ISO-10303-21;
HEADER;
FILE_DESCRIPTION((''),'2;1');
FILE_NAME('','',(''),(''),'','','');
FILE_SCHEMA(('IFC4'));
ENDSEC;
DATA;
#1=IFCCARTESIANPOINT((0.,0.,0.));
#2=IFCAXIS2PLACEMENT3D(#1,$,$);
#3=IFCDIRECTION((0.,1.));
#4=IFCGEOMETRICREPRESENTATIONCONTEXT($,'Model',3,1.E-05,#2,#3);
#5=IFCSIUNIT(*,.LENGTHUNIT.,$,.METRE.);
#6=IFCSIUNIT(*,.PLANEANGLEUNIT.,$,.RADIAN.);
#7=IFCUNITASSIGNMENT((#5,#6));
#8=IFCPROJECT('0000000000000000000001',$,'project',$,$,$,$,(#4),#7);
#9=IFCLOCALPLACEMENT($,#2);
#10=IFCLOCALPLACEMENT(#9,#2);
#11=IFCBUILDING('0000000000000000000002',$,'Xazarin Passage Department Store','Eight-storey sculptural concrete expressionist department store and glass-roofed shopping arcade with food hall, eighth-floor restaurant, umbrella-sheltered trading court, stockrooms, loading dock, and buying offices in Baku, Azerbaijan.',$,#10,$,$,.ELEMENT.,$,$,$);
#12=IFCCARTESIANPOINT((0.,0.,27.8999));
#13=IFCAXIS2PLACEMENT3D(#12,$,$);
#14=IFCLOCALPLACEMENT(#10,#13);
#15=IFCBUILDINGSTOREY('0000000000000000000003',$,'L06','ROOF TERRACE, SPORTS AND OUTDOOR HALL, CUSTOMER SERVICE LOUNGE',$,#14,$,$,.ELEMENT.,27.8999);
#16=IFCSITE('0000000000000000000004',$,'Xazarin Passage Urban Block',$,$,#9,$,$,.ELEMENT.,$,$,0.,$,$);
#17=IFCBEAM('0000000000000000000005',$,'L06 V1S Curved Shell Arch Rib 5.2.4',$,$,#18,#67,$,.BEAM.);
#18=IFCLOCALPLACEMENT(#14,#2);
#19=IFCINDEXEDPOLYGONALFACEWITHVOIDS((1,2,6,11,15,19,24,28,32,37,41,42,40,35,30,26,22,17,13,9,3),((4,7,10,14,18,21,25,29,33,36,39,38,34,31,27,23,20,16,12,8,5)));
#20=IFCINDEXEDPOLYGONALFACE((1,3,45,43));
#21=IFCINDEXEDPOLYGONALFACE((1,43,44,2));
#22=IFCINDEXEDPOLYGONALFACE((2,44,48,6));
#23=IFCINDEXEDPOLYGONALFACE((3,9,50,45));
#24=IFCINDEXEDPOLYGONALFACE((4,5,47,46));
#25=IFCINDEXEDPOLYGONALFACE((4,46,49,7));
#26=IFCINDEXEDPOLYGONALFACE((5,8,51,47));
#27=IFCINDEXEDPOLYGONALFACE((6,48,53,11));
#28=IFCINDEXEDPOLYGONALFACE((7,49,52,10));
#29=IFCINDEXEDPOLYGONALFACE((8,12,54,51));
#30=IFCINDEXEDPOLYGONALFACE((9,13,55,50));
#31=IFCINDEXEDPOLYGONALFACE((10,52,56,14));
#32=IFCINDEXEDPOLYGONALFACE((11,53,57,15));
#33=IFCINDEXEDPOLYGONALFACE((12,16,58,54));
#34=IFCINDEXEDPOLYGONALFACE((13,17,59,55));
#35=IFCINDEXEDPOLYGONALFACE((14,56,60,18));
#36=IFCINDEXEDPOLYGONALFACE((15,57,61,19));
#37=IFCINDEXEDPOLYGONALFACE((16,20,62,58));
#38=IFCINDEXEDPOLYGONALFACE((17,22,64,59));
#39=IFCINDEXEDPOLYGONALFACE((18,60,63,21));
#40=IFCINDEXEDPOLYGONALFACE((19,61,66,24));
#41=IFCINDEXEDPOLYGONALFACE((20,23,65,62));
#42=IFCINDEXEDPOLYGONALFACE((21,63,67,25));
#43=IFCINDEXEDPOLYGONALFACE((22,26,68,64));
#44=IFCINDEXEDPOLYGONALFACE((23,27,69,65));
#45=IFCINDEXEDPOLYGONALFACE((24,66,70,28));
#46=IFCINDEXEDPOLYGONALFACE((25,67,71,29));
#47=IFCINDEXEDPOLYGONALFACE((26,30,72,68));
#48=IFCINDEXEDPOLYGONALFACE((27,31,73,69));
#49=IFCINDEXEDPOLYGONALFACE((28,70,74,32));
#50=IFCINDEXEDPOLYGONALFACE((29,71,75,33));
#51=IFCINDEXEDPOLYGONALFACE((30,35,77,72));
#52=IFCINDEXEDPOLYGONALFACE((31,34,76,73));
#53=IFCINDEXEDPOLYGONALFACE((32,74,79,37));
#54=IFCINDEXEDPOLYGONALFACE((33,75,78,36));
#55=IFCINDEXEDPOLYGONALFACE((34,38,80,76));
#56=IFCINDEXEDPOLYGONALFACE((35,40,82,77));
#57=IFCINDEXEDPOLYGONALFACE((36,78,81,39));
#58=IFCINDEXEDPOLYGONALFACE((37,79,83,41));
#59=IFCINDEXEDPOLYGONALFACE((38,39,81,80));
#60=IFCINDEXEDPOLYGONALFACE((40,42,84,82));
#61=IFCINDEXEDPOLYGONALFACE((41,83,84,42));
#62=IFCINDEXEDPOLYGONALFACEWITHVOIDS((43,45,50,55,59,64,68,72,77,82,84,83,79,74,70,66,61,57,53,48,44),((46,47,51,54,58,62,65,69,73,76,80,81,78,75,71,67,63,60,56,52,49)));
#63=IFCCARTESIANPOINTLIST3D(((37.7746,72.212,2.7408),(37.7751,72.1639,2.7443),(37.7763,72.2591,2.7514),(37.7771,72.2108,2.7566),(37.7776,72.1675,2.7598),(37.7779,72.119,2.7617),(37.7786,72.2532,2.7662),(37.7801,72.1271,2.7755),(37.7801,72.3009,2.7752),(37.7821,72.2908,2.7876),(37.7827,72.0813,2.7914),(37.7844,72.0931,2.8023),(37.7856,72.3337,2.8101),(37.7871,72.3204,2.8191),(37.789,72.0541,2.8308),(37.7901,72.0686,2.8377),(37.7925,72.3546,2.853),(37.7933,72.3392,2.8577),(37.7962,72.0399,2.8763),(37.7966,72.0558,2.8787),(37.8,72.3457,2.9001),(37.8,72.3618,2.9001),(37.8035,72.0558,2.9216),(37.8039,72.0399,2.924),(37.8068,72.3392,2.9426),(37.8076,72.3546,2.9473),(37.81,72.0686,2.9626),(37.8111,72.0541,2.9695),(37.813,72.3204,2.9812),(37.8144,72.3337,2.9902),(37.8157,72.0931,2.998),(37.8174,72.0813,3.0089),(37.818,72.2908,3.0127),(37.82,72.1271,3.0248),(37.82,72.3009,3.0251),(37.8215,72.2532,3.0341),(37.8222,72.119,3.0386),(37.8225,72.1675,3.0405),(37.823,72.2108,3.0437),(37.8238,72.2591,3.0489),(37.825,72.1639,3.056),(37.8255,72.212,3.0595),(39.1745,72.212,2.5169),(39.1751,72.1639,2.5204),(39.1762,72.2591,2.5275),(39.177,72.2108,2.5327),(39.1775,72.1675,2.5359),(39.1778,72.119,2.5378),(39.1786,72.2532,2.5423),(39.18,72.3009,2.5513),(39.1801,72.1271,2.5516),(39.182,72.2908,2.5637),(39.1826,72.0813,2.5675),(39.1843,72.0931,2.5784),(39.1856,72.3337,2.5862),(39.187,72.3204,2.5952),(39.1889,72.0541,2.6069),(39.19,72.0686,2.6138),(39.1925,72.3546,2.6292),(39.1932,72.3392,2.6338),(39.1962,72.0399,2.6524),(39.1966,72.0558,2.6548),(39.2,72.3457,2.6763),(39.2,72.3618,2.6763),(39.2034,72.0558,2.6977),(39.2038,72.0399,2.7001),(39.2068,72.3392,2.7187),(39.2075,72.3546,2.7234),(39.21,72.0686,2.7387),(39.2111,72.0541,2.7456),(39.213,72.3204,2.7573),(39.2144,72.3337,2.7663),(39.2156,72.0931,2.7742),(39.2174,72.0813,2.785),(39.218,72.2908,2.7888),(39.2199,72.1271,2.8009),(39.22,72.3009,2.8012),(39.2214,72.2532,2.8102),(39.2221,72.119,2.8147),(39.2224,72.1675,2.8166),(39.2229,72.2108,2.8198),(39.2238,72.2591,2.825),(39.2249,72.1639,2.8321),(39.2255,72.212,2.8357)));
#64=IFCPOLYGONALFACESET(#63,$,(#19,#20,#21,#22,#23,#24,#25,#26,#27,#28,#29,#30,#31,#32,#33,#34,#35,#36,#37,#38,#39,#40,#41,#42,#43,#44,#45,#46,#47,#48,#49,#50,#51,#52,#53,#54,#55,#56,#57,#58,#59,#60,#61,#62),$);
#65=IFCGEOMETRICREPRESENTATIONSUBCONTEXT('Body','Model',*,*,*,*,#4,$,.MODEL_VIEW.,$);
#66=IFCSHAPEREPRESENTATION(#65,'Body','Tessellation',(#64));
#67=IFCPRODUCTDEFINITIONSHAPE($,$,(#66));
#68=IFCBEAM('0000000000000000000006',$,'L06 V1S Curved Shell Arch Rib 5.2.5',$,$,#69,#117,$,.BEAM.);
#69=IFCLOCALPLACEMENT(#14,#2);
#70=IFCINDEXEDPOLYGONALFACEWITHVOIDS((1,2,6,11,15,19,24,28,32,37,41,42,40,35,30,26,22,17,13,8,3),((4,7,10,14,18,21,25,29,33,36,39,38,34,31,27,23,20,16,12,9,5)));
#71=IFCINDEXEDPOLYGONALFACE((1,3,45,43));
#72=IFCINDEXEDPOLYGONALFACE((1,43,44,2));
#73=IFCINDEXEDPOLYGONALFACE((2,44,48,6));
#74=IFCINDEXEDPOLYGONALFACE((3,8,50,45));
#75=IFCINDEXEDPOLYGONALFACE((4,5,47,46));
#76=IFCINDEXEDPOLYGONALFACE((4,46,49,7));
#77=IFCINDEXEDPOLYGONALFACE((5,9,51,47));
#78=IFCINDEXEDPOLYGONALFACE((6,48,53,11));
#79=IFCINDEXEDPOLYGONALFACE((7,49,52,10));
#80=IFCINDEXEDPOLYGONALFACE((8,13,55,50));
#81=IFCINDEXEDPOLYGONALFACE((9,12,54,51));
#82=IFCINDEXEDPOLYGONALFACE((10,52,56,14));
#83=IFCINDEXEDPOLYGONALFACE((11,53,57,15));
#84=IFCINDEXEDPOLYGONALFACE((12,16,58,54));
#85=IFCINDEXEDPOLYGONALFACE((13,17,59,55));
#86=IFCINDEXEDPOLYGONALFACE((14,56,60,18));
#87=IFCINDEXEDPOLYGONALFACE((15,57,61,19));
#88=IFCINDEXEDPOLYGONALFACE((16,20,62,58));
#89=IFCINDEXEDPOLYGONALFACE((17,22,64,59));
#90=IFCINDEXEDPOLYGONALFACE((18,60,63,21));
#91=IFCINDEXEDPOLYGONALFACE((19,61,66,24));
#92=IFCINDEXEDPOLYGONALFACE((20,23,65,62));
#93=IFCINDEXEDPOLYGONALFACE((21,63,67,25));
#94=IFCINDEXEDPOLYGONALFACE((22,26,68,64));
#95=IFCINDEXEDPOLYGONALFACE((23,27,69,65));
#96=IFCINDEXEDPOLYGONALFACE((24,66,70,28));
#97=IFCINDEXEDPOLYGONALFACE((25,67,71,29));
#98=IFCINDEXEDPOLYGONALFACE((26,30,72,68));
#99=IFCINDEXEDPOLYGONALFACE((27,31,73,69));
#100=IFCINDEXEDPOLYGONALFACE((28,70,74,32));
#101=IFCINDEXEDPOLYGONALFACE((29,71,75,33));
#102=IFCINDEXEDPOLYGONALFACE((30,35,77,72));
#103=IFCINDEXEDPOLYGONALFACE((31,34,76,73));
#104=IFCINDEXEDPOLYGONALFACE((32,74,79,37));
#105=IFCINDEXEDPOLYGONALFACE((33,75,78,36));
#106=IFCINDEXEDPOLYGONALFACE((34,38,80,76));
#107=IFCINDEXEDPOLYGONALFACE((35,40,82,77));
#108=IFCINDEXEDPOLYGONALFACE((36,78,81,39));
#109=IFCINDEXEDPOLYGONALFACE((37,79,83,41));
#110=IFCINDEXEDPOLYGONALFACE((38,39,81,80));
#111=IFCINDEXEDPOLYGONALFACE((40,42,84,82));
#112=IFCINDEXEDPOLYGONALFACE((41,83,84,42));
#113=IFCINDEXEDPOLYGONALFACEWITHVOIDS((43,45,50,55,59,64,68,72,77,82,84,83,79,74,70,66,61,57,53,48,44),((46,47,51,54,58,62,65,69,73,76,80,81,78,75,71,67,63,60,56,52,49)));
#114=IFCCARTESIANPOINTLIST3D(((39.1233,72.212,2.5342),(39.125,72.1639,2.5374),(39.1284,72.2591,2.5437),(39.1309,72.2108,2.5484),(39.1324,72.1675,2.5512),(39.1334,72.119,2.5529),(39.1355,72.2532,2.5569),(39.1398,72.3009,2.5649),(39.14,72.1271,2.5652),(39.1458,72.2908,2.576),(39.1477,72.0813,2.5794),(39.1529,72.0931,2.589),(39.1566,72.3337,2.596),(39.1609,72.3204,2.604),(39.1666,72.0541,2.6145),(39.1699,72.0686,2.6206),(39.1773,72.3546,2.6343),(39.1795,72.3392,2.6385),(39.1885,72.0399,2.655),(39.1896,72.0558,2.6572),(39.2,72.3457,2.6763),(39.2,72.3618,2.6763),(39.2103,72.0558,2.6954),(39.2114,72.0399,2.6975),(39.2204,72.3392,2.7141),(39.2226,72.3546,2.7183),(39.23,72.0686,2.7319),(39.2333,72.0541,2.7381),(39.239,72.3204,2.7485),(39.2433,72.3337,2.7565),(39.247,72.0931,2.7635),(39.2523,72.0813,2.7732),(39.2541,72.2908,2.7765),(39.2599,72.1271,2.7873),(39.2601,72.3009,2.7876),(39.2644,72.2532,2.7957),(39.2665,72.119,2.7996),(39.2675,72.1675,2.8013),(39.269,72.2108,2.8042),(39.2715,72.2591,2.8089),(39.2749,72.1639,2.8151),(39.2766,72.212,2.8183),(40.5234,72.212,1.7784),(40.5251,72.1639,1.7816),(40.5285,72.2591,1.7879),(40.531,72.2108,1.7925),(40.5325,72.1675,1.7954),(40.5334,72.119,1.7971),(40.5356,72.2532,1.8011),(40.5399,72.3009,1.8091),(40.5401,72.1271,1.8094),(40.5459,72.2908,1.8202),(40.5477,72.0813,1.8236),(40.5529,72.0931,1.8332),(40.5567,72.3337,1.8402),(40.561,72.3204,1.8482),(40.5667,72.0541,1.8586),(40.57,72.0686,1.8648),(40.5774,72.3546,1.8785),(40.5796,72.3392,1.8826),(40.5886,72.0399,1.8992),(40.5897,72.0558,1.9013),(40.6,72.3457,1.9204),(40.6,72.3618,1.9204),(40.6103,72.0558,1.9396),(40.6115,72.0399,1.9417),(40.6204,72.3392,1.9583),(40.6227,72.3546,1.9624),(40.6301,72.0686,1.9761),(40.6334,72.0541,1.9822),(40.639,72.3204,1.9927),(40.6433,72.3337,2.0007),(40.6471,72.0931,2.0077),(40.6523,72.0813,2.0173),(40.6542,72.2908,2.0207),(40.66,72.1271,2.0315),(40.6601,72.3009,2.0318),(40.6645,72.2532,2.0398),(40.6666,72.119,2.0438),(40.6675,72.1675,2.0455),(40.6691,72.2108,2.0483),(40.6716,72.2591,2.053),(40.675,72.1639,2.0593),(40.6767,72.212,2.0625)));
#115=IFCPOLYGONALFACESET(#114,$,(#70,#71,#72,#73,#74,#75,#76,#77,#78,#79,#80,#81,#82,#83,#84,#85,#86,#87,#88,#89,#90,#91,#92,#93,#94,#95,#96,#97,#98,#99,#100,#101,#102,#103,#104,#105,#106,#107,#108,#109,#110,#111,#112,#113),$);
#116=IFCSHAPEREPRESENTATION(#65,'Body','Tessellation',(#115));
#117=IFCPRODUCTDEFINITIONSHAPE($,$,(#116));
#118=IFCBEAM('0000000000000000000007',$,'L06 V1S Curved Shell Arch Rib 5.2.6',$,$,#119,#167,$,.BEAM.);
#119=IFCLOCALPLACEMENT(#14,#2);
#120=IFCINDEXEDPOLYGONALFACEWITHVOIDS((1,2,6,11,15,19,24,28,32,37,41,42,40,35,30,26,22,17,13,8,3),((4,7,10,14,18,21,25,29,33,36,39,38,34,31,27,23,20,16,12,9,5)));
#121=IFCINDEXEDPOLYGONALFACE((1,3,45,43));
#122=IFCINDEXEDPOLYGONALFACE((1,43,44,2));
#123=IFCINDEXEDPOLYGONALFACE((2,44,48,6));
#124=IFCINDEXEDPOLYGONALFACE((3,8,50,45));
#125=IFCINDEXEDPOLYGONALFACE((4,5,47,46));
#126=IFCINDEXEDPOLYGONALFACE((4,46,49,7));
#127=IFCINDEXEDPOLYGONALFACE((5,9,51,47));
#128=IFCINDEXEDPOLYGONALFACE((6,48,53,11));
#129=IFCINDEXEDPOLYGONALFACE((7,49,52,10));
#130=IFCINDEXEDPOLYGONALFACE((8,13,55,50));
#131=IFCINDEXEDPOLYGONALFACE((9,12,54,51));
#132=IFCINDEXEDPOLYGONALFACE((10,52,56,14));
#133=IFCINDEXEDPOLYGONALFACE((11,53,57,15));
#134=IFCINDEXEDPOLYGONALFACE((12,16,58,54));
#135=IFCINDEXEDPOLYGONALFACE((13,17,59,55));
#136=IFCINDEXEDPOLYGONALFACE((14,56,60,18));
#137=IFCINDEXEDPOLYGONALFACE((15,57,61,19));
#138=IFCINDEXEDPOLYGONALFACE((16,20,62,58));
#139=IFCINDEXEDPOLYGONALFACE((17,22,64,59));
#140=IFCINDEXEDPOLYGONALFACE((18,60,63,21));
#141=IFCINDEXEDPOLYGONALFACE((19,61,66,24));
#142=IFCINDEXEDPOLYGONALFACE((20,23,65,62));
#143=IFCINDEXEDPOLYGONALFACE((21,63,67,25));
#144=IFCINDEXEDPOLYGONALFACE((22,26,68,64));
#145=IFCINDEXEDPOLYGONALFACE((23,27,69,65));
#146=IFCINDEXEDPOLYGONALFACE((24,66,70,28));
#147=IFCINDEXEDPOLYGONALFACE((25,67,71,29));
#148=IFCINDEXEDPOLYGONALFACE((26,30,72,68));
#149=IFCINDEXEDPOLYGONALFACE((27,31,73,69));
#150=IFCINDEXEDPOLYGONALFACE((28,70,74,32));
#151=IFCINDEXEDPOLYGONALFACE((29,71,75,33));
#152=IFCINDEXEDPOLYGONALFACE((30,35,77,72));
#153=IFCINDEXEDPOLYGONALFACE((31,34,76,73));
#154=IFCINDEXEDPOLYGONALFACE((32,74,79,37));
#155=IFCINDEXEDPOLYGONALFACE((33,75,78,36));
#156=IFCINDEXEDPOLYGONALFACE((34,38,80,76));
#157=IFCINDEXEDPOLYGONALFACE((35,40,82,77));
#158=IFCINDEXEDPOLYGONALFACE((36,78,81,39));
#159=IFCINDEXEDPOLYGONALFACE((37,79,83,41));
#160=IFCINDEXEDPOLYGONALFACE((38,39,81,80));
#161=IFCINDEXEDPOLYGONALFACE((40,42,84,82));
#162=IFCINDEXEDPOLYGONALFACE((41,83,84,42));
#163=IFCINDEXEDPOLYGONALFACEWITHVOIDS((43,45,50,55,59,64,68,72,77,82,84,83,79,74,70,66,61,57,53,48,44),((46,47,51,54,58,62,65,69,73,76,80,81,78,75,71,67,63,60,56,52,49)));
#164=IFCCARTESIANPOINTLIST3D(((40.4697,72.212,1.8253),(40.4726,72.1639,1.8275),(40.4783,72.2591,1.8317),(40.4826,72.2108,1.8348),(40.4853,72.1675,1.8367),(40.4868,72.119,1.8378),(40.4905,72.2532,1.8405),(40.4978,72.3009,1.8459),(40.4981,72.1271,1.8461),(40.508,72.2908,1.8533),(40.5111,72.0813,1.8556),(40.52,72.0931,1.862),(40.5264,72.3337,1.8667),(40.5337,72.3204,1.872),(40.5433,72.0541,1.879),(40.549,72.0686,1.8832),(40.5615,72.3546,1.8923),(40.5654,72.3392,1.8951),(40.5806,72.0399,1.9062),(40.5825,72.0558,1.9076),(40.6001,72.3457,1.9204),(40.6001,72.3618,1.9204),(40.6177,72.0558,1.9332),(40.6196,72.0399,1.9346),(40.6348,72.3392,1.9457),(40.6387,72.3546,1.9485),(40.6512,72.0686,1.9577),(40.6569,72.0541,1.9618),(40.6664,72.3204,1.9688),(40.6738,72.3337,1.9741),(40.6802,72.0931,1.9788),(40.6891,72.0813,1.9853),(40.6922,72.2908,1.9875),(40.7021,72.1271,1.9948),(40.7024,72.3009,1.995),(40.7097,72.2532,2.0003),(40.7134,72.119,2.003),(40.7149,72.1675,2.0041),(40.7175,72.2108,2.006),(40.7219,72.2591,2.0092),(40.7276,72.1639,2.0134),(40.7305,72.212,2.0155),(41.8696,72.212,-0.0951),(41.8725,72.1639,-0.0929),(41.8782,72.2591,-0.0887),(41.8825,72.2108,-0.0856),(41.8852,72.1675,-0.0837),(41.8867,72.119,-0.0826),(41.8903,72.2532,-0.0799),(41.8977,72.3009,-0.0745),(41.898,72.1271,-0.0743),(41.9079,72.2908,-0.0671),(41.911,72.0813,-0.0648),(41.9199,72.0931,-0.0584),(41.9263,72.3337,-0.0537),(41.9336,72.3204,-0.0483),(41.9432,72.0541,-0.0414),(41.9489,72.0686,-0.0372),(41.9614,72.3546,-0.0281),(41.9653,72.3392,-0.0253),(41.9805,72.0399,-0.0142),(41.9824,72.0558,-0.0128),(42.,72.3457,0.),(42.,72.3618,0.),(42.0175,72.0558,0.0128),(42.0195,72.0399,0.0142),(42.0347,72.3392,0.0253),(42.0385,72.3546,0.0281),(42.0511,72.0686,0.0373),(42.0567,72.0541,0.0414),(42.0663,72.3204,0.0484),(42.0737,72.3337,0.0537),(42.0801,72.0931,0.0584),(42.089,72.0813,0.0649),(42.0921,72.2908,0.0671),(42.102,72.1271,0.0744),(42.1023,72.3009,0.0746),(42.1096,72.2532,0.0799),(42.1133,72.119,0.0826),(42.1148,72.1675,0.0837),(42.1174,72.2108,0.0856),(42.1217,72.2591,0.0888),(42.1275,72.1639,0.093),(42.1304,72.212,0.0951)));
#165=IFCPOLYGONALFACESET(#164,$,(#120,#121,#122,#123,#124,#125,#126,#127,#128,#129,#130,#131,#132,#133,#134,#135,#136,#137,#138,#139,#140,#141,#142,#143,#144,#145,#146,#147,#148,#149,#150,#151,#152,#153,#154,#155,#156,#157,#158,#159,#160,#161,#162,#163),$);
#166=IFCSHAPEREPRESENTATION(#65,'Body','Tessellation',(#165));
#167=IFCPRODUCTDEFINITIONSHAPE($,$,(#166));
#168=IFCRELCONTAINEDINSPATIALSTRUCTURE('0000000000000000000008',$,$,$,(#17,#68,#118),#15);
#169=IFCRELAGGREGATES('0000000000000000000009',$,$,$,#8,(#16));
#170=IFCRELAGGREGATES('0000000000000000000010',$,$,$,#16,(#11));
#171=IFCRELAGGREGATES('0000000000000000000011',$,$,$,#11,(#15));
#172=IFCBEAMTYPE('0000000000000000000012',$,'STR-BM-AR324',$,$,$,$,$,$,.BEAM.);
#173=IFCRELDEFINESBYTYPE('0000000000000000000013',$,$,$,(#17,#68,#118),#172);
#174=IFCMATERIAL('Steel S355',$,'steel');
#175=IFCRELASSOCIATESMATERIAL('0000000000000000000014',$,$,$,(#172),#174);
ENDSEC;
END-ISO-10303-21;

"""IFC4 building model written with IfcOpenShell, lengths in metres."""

from ifc_helpers import new_model, si_unit, direction, frame, origin, origin_2d, place, context, subcontext, project, spatial, hollow_circle, extrude, material, material_profile, profile_set, type_object, element, save


model = new_model("IFC4")

# Units and contexts
model_context = context("Model", 3, precision=1e-05, world=origin(), true_north=direction((0.0, 1.0)))
body_context = subcontext(model_context, "Body", "Model", "MODEL_VIEW")
ifc_project = project(units=[si_unit("LENGTHUNIT", "METRE"), si_unit("PLANEANGLEUNIT", "RADIAN")], contexts=[model_context])

# Site, building, storey
site_placement = place(None, origin())
site = spatial("IfcSite", under=ifc_project, at=site_placement, Name="Xazarin Passage Urban Block", CompositionType="ELEMENT", RefElevation=0.0)
building_placement = place(site_placement, origin())
building = spatial("IfcBuilding", under=site, at=building_placement, Name="Xazarin Passage Department Store", Description="Eight-storey sculptural concrete expressionist department store and glass-roofed shopping arcade with food hall, eighth-floor restaurant, umbrella-sheltered trading court, stockrooms, loading dock, and buying offices in Baku, Azerbaijan.", CompositionType="ELEMENT")
storey_placement = place(building_placement, frame((0.0, 0.0, 27.8999)))
storey = spatial("IfcBuildingStorey", under=building, at=storey_placement, Name="L06", Description="ROOF TERRACE, SPORTS AND OUTDOOR HALL, CUSTOMER SERVICE LOUNGE", CompositionType="ELEMENT", Elevation=27.8999)

# Beams
ifc_material_1 = material(Name="Steel S355", Category="steel")
ifc_material_profile_1 = material_profile(ifc_material_1, hollow_circle(Radius=0.1619, WallThickness=0.0161, at=origin_2d()), Name="CHS 323.9x16")
ifc_profile_set_1 = profile_set([ifc_material_profile_1], Name="Steel S355")
beam_type_1 = type_object("IfcBeamType", Name="STR-BM-AR324", PredefinedType="BEAM", material=ifc_profile_set_1)
beam_1_placement = place(storey_placement, frame((37.8, 72.2, 2.9001), z_axis=(0.987452, 0.0, -0.157917), x_axis=(0.0, 1.0, 0.0)))
element("IfcBeam", 1, at=beam_1_placement, inside=storey, type_object=beam_type_1, Name="L06 V1S Curved Shell Arch Rib 5.2.4", PredefinedType="BEAM", context=body_context, shape_type="SweptSolid", body=[
    extrude(hollow_circle(Radius=0.1619, WallThickness=0.0161, at=origin_2d()), origin(), (0.0, 0.0, 1.0), 1.4177),
])
beam_2_placement = place(storey_placement, frame((39.2, 72.2, 2.6763), z_axis=(0.879963, 0.0, -0.475042), x_axis=(0.0, 1.0, 0.0)))
element("IfcBeam", 2, at=beam_2_placement, inside=storey, type_object=beam_type_1, Name="L06 V1S Curved Shell Arch Rib 5.2.5", PredefinedType="BEAM", context=body_context, shape_type="SweptSolid", body=[
    extrude(hollow_circle(Radius=0.1619, WallThickness=0.0161, at=origin_2d()), origin(), (0.0, 0.0, 1.0), 1.5911),
])
beam_3_placement = place(storey_placement, frame((40.6001, 72.2, 1.9204), z_axis=(0.589063, 0.0, -0.808087), x_axis=(0.0, 1.0, 0.0)))
element("IfcBeam", 3, at=beam_3_placement, inside=storey, type_object=beam_type_1, Name="L06 V1S Curved Shell Arch Rib 5.2.6", PredefinedType="BEAM", context=body_context, shape_type="SweptSolid", body=[
    extrude(hollow_circle(Radius=0.1619, WallThickness=0.0161, at=origin_2d()), origin(), (0.0, 0.0, 1.0), 2.3765),
])

save(model, "model.ifc")
